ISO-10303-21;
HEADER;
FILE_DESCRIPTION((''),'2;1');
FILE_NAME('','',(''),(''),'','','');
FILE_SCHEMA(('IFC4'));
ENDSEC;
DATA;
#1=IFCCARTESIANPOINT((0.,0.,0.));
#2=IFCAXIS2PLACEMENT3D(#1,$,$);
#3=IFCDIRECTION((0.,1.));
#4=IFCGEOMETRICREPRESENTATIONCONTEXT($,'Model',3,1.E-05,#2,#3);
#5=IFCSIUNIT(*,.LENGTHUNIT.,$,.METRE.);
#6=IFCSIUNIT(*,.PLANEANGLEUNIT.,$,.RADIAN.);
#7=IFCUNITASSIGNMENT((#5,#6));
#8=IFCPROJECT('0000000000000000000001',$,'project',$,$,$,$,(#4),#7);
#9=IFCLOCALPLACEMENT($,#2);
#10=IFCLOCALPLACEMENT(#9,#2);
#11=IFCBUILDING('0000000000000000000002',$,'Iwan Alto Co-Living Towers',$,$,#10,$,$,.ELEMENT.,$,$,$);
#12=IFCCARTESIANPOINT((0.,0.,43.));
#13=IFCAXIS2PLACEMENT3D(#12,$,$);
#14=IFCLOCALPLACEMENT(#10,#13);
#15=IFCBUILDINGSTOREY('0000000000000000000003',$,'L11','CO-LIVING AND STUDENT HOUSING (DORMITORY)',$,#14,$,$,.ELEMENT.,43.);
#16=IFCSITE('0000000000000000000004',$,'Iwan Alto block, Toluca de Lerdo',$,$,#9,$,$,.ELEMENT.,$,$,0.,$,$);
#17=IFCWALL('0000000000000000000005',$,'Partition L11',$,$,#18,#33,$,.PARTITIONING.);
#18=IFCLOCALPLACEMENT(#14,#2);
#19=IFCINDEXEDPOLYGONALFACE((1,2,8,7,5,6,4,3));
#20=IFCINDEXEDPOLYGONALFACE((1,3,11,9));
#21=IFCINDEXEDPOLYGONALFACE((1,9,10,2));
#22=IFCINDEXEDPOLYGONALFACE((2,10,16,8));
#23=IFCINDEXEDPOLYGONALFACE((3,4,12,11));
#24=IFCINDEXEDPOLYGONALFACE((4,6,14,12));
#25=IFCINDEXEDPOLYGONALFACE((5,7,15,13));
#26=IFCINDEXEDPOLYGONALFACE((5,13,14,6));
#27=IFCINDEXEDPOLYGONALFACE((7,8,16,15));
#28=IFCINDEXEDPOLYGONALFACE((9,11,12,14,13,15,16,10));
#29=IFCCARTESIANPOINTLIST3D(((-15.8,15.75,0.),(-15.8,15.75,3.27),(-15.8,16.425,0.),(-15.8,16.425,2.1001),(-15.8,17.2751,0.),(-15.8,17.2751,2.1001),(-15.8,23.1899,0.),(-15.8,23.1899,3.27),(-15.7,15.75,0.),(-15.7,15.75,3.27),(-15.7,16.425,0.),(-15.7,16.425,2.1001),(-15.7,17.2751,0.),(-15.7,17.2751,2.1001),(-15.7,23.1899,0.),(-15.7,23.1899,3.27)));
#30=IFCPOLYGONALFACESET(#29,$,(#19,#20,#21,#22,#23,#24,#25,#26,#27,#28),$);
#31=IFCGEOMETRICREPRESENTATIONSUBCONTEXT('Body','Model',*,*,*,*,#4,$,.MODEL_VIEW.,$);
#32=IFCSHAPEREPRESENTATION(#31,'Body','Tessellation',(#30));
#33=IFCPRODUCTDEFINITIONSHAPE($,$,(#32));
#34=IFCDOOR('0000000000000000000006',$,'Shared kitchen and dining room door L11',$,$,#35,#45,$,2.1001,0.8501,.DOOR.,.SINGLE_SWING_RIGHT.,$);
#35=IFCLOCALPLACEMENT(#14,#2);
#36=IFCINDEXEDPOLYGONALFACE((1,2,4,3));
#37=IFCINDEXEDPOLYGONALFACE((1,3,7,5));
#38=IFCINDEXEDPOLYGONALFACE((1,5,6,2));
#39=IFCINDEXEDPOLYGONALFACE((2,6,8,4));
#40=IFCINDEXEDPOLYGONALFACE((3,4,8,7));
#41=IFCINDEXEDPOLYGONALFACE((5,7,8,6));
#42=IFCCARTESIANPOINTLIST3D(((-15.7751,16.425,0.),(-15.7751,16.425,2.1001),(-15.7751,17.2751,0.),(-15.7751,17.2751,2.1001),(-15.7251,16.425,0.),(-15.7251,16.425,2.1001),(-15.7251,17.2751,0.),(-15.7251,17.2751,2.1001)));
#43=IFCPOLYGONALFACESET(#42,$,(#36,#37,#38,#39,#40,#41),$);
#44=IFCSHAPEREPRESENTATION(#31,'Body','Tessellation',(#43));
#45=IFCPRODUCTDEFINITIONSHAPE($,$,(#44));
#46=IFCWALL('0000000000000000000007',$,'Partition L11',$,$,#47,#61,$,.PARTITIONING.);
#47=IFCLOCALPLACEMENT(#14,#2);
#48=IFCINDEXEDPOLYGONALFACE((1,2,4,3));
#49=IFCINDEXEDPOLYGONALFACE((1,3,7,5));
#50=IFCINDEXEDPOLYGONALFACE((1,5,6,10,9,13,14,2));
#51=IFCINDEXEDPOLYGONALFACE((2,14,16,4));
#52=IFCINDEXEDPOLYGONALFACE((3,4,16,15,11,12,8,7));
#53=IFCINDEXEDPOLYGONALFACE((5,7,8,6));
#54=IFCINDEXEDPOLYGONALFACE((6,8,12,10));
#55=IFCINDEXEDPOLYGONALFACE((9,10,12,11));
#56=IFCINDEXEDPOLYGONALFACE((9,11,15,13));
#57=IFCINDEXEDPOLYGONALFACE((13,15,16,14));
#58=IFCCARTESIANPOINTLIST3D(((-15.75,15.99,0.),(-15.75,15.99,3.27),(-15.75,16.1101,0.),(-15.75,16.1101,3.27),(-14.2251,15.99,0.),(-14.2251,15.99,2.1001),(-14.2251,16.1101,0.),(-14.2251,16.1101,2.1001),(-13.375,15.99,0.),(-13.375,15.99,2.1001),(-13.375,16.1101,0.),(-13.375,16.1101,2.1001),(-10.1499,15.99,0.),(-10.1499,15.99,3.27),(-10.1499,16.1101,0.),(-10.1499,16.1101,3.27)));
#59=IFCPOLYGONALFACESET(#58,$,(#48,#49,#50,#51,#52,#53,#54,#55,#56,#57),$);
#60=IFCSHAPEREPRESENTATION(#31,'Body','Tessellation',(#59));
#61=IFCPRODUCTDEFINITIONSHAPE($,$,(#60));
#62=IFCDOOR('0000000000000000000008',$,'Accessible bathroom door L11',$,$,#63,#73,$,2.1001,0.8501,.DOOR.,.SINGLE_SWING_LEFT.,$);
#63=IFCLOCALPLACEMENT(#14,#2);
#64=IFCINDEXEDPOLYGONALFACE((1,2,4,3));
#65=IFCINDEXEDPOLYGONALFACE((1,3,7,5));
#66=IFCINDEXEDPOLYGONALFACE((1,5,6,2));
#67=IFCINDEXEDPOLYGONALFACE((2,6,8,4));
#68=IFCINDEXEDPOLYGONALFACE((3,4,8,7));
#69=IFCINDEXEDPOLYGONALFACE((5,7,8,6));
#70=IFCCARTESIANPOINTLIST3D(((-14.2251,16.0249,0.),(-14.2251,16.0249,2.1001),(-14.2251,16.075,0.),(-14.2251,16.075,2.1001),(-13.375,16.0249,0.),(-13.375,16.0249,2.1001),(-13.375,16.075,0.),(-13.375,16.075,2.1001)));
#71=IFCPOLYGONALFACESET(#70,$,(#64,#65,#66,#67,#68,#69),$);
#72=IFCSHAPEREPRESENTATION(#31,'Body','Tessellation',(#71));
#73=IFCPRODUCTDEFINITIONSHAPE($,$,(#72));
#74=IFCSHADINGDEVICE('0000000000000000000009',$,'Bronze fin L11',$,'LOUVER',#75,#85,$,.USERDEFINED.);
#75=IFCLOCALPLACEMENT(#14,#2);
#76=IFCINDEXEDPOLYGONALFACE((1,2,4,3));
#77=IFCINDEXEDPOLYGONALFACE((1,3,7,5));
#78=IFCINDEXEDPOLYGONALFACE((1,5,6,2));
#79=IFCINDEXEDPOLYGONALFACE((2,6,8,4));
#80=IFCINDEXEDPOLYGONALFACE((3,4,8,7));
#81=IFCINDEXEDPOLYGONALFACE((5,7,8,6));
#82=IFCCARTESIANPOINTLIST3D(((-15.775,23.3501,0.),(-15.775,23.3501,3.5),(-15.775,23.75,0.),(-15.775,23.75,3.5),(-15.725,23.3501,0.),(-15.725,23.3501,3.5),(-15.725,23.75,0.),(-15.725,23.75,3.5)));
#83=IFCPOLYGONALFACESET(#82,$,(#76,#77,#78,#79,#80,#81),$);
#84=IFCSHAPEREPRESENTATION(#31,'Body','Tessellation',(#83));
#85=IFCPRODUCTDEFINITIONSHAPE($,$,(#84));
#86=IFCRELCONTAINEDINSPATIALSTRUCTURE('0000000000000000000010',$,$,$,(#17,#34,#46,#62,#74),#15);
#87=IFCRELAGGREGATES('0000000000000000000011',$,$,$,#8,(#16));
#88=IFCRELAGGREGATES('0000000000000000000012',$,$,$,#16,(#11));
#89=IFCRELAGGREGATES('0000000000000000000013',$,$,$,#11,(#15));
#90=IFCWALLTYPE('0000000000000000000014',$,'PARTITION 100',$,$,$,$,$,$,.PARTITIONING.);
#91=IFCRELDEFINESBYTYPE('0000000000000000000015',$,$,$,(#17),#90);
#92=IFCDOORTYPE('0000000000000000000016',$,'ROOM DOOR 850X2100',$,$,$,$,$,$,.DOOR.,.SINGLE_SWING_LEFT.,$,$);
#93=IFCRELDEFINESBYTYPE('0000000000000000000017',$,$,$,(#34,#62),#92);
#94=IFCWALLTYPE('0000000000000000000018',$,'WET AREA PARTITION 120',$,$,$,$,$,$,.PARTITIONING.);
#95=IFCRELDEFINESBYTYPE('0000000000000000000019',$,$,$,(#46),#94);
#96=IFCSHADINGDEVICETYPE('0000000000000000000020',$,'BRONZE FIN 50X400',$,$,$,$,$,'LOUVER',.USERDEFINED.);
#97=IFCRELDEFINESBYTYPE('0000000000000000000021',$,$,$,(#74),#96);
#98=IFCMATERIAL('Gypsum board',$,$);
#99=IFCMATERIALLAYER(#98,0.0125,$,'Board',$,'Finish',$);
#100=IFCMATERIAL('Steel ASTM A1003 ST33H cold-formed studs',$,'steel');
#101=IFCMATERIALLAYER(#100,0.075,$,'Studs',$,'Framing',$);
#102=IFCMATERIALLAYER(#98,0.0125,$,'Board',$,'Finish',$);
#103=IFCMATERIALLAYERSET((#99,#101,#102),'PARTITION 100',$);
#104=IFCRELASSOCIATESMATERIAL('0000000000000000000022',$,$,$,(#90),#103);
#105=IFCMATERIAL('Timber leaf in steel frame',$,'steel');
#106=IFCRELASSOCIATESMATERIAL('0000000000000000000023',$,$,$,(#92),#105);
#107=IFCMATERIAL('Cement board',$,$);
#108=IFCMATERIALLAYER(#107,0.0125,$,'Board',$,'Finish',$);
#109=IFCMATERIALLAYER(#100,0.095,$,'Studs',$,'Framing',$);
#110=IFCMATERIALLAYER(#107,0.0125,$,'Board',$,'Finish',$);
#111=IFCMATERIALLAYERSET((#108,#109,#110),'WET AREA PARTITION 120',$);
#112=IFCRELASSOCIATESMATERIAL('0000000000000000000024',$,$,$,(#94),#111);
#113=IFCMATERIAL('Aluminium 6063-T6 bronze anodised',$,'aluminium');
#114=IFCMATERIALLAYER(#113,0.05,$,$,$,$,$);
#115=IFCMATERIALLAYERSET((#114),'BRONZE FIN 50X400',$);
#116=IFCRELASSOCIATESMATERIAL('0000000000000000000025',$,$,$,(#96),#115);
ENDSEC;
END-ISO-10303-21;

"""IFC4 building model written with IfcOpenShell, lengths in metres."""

from ifc_helpers import new_model, si_unit, direction, frame, frame_2d, origin, origin_2d, place, context, subcontext, project, spatial, rectangle, extrude, material, layer, layer_set, type_object, element, fill, save


model = new_model("IFC4")

# Units and contexts
model_context = context("Model", 3, precision=1e-05, world=origin(), true_north=direction((0.0, 1.0)))
body_context = subcontext(model_context, "Body", "Model", "MODEL_VIEW")
ifc_project = project(units=[si_unit("LENGTHUNIT", "METRE"), si_unit("PLANEANGLEUNIT", "RADIAN")], contexts=[model_context])

# Site, building, storey
site_placement = place(None, origin())
site = spatial("IfcSite", under=ifc_project, at=site_placement, Name="Iwan Alto block, Toluca de Lerdo", CompositionType="ELEMENT", RefElevation=0.0)
building_placement = place(site_placement, origin())
building = spatial("IfcBuilding", under=site, at=building_placement, Name="Iwan Alto Co-Living Towers", CompositionType="ELEMENT")
storey_placement = place(building_placement, frame((0.0, 0.0, 43.0)))
storey = spatial("IfcBuildingStorey", under=building, at=storey_placement, Name="L11", Description="CO-LIVING AND STUDENT HOUSING (DORMITORY)", CompositionType="ELEMENT", Elevation=43.0)

# Shared definitions
ifc_material_1 = material(Name="Gypsum board")
ifc_layer_1 = layer(ifc_material_1, 0.0125, Name="Board", Category="Finish")
ifc_material_2 = material(Name="Steel ASTM A1003 ST33H cold-formed studs", Category="steel")
ifc_layer_2 = layer(ifc_material_2, 0.075, Name="Studs", Category="Framing")
ifc_layer_3 = layer(ifc_material_1, 0.0125, Name="Board", Category="Finish")
ifc_layer_set_1 = layer_set([ifc_layer_1, ifc_layer_2, ifc_layer_3], Name="PARTITION 100")
wall_type_1 = type_object("IfcWallType", Name="PARTITION 100", PredefinedType="PARTITIONING", material=ifc_layer_set_1)

# Walls, openings, doors
wall_1_placement = place(storey_placement, frame((-15.75, 15.75, 0.0), z_axis=(0.0, 0.0, 1.0), x_axis=(0.0, 1.0, 0.0)))
wall_1 = element("IfcWall", 1, at=wall_1_placement, inside=storey, type_object=wall_type_1, Name="Partition L11", PredefinedType="PARTITIONING", context=body_context, shape_type="SweptSolid", body=[
    extrude(rectangle(XDim=7.4399, YDim=0.1001, at=frame_2d((3.72, 0.0))), origin(), (0.0, 0.0, 1.0), 3.27),
])
opening_1_placement = place(wall_1_placement, frame((0.675, 0.0, 0.0)))
opening_1 = element("IfcOpeningElement", 2, at=opening_1_placement, cuts=wall_1, PredefinedType="OPENING", context=body_context, shape_type="SweptSolid", body=[
    extrude(rectangle(XDim=0.8501, YDim=2.1001, at=frame_2d((0.425, 1.05))), frame((0.0, 0.0601, 0.0), z_axis=(0.0, -1.0, 0.0), x_axis=(1.0, 0.0, 0.0)), (0.0, 0.0, 1.0), 0.1201),
])
ifc_material_3 = material(Name="Timber leaf in steel frame", Category="steel")
door_type_1 = type_object("IfcDoorType", Name="ROOM DOOR 850X2100", OperationType="SINGLE_SWING_LEFT", PredefinedType="DOOR", material=ifc_material_3)
door_1_placement = place(opening_1_placement, frame((0.8501, 0.0, 0.0), z_axis=(0.0, 0.0, 1.0), x_axis=(-1.0, 0.0, 0.0)))
door_1 = element("IfcDoor", 3, at=door_1_placement, inside=storey, type_object=door_type_1, Name="Shared kitchen and dining room door L11", OperationType="SINGLE_SWING_RIGHT", OverallHeight=2.1001, OverallWidth=0.8501, PredefinedType="DOOR", context=body_context, shape_type="SweptSolid", body=[
    extrude(rectangle(XDim=0.8501, YDim=2.1001, at=frame_2d((0.425, 1.05))), frame((0.0, 0.0249, 0.0), z_axis=(0.0, -1.0, 0.0), x_axis=(1.0, 0.0, 0.0)), (0.0, 0.0, 1.0), 0.05),
])
fill(opening_1, door_1)
ifc_material_4 = material(Name="Cement board")
ifc_layer_4 = layer(ifc_material_4, 0.0125, Name="Board", Category="Finish")
ifc_layer_5 = layer(ifc_material_2, 0.095, Name="Studs", Category="Framing")
ifc_layer_6 = layer(ifc_material_4, 0.0125, Name="Board", Category="Finish")
ifc_layer_set_2 = layer_set([ifc_layer_4, ifc_layer_5, ifc_layer_6], Name="WET AREA PARTITION 120")
wall_type_2 = type_object("IfcWallType", Name="WET AREA PARTITION 120", PredefinedType="PARTITIONING", material=ifc_layer_set_2)
wall_2_placement = place(storey_placement, frame((-15.75, 16.05, 0.0), z_axis=(0.0, 0.0, 1.0), x_axis=(1.0, 0.0, 0.0)))
wall_2 = element("IfcWall", 4, at=wall_2_placement, inside=storey, type_object=wall_type_2, Name="Partition L11", PredefinedType="PARTITIONING", context=body_context, shape_type="SweptSolid", body=[
    extrude(rectangle(XDim=5.6001, YDim=0.1201, at=frame_2d((2.8, 0.0))), origin(), (0.0, 0.0, 1.0), 3.27),
])
opening_2_placement = place(wall_2_placement, frame((1.5249, 0.0, 0.0)))
opening_2 = element("IfcOpeningElement", 5, at=opening_2_placement, cuts=wall_2, PredefinedType="OPENING", context=body_context, shape_type="SweptSolid", body=[
    extrude(rectangle(XDim=0.8501, YDim=2.1001, at=frame_2d((0.425, 1.05))), frame((0.0, 0.0701, 0.0), z_axis=(0.0, -1.0, 0.0), x_axis=(1.0, 0.0, 0.0)), (0.0, 0.0, 1.0), 0.1401),
])
door_2_placement = place(opening_2_placement, origin())
door_2 = element("IfcDoor", 6, at=door_2_placement, inside=storey, type_object=door_type_1, Name="Accessible bathroom door L11", OperationType="SINGLE_SWING_LEFT", OverallHeight=2.1001, OverallWidth=0.8501, PredefinedType="DOOR", context=body_context, shape_type="SweptSolid", body=[
    extrude(rectangle(XDim=0.8501, YDim=2.1001, at=frame_2d((0.425, 1.05))), frame((0.0, 0.0249, 0.0), z_axis=(0.0, -1.0, 0.0), x_axis=(1.0, 0.0, 0.0)), (0.0, 0.0, 1.0), 0.05),
])
fill(opening_2, door_2)

# Shading device
ifc_material_5 = material(Name="Aluminium 6063-T6 bronze anodised", Category="aluminium")
ifc_layer_7 = layer(ifc_material_5, 0.05)
ifc_layer_set_3 = layer_set([ifc_layer_7], Name="BRONZE FIN 50X400")
shading_device_type = type_object("IfcShadingDeviceType", Name="BRONZE FIN 50X400", ElementType="LOUVER", PredefinedType="USERDEFINED", material=ifc_layer_set_3)
shading_device_placement = place(storey_placement, frame((-15.75, 23.55, 0.0), z_axis=(0.0, 0.0, 1.0), x_axis=(-1.0, 0.0, 0.0)))
element("IfcShadingDevice", 7, at=shading_device_placement, inside=storey, type_object=shading_device_type, Name="Bronze fin L11", ObjectType="LOUVER", PredefinedType="USERDEFINED", context=body_context, shape_type="SweptSolid", body=[
    extrude(rectangle(XDim=0.05, YDim=0.3999, at=origin_2d()), origin(), (0.0, 0.0, 1.0), 3.5),
])

save(model, "model.ifc")
